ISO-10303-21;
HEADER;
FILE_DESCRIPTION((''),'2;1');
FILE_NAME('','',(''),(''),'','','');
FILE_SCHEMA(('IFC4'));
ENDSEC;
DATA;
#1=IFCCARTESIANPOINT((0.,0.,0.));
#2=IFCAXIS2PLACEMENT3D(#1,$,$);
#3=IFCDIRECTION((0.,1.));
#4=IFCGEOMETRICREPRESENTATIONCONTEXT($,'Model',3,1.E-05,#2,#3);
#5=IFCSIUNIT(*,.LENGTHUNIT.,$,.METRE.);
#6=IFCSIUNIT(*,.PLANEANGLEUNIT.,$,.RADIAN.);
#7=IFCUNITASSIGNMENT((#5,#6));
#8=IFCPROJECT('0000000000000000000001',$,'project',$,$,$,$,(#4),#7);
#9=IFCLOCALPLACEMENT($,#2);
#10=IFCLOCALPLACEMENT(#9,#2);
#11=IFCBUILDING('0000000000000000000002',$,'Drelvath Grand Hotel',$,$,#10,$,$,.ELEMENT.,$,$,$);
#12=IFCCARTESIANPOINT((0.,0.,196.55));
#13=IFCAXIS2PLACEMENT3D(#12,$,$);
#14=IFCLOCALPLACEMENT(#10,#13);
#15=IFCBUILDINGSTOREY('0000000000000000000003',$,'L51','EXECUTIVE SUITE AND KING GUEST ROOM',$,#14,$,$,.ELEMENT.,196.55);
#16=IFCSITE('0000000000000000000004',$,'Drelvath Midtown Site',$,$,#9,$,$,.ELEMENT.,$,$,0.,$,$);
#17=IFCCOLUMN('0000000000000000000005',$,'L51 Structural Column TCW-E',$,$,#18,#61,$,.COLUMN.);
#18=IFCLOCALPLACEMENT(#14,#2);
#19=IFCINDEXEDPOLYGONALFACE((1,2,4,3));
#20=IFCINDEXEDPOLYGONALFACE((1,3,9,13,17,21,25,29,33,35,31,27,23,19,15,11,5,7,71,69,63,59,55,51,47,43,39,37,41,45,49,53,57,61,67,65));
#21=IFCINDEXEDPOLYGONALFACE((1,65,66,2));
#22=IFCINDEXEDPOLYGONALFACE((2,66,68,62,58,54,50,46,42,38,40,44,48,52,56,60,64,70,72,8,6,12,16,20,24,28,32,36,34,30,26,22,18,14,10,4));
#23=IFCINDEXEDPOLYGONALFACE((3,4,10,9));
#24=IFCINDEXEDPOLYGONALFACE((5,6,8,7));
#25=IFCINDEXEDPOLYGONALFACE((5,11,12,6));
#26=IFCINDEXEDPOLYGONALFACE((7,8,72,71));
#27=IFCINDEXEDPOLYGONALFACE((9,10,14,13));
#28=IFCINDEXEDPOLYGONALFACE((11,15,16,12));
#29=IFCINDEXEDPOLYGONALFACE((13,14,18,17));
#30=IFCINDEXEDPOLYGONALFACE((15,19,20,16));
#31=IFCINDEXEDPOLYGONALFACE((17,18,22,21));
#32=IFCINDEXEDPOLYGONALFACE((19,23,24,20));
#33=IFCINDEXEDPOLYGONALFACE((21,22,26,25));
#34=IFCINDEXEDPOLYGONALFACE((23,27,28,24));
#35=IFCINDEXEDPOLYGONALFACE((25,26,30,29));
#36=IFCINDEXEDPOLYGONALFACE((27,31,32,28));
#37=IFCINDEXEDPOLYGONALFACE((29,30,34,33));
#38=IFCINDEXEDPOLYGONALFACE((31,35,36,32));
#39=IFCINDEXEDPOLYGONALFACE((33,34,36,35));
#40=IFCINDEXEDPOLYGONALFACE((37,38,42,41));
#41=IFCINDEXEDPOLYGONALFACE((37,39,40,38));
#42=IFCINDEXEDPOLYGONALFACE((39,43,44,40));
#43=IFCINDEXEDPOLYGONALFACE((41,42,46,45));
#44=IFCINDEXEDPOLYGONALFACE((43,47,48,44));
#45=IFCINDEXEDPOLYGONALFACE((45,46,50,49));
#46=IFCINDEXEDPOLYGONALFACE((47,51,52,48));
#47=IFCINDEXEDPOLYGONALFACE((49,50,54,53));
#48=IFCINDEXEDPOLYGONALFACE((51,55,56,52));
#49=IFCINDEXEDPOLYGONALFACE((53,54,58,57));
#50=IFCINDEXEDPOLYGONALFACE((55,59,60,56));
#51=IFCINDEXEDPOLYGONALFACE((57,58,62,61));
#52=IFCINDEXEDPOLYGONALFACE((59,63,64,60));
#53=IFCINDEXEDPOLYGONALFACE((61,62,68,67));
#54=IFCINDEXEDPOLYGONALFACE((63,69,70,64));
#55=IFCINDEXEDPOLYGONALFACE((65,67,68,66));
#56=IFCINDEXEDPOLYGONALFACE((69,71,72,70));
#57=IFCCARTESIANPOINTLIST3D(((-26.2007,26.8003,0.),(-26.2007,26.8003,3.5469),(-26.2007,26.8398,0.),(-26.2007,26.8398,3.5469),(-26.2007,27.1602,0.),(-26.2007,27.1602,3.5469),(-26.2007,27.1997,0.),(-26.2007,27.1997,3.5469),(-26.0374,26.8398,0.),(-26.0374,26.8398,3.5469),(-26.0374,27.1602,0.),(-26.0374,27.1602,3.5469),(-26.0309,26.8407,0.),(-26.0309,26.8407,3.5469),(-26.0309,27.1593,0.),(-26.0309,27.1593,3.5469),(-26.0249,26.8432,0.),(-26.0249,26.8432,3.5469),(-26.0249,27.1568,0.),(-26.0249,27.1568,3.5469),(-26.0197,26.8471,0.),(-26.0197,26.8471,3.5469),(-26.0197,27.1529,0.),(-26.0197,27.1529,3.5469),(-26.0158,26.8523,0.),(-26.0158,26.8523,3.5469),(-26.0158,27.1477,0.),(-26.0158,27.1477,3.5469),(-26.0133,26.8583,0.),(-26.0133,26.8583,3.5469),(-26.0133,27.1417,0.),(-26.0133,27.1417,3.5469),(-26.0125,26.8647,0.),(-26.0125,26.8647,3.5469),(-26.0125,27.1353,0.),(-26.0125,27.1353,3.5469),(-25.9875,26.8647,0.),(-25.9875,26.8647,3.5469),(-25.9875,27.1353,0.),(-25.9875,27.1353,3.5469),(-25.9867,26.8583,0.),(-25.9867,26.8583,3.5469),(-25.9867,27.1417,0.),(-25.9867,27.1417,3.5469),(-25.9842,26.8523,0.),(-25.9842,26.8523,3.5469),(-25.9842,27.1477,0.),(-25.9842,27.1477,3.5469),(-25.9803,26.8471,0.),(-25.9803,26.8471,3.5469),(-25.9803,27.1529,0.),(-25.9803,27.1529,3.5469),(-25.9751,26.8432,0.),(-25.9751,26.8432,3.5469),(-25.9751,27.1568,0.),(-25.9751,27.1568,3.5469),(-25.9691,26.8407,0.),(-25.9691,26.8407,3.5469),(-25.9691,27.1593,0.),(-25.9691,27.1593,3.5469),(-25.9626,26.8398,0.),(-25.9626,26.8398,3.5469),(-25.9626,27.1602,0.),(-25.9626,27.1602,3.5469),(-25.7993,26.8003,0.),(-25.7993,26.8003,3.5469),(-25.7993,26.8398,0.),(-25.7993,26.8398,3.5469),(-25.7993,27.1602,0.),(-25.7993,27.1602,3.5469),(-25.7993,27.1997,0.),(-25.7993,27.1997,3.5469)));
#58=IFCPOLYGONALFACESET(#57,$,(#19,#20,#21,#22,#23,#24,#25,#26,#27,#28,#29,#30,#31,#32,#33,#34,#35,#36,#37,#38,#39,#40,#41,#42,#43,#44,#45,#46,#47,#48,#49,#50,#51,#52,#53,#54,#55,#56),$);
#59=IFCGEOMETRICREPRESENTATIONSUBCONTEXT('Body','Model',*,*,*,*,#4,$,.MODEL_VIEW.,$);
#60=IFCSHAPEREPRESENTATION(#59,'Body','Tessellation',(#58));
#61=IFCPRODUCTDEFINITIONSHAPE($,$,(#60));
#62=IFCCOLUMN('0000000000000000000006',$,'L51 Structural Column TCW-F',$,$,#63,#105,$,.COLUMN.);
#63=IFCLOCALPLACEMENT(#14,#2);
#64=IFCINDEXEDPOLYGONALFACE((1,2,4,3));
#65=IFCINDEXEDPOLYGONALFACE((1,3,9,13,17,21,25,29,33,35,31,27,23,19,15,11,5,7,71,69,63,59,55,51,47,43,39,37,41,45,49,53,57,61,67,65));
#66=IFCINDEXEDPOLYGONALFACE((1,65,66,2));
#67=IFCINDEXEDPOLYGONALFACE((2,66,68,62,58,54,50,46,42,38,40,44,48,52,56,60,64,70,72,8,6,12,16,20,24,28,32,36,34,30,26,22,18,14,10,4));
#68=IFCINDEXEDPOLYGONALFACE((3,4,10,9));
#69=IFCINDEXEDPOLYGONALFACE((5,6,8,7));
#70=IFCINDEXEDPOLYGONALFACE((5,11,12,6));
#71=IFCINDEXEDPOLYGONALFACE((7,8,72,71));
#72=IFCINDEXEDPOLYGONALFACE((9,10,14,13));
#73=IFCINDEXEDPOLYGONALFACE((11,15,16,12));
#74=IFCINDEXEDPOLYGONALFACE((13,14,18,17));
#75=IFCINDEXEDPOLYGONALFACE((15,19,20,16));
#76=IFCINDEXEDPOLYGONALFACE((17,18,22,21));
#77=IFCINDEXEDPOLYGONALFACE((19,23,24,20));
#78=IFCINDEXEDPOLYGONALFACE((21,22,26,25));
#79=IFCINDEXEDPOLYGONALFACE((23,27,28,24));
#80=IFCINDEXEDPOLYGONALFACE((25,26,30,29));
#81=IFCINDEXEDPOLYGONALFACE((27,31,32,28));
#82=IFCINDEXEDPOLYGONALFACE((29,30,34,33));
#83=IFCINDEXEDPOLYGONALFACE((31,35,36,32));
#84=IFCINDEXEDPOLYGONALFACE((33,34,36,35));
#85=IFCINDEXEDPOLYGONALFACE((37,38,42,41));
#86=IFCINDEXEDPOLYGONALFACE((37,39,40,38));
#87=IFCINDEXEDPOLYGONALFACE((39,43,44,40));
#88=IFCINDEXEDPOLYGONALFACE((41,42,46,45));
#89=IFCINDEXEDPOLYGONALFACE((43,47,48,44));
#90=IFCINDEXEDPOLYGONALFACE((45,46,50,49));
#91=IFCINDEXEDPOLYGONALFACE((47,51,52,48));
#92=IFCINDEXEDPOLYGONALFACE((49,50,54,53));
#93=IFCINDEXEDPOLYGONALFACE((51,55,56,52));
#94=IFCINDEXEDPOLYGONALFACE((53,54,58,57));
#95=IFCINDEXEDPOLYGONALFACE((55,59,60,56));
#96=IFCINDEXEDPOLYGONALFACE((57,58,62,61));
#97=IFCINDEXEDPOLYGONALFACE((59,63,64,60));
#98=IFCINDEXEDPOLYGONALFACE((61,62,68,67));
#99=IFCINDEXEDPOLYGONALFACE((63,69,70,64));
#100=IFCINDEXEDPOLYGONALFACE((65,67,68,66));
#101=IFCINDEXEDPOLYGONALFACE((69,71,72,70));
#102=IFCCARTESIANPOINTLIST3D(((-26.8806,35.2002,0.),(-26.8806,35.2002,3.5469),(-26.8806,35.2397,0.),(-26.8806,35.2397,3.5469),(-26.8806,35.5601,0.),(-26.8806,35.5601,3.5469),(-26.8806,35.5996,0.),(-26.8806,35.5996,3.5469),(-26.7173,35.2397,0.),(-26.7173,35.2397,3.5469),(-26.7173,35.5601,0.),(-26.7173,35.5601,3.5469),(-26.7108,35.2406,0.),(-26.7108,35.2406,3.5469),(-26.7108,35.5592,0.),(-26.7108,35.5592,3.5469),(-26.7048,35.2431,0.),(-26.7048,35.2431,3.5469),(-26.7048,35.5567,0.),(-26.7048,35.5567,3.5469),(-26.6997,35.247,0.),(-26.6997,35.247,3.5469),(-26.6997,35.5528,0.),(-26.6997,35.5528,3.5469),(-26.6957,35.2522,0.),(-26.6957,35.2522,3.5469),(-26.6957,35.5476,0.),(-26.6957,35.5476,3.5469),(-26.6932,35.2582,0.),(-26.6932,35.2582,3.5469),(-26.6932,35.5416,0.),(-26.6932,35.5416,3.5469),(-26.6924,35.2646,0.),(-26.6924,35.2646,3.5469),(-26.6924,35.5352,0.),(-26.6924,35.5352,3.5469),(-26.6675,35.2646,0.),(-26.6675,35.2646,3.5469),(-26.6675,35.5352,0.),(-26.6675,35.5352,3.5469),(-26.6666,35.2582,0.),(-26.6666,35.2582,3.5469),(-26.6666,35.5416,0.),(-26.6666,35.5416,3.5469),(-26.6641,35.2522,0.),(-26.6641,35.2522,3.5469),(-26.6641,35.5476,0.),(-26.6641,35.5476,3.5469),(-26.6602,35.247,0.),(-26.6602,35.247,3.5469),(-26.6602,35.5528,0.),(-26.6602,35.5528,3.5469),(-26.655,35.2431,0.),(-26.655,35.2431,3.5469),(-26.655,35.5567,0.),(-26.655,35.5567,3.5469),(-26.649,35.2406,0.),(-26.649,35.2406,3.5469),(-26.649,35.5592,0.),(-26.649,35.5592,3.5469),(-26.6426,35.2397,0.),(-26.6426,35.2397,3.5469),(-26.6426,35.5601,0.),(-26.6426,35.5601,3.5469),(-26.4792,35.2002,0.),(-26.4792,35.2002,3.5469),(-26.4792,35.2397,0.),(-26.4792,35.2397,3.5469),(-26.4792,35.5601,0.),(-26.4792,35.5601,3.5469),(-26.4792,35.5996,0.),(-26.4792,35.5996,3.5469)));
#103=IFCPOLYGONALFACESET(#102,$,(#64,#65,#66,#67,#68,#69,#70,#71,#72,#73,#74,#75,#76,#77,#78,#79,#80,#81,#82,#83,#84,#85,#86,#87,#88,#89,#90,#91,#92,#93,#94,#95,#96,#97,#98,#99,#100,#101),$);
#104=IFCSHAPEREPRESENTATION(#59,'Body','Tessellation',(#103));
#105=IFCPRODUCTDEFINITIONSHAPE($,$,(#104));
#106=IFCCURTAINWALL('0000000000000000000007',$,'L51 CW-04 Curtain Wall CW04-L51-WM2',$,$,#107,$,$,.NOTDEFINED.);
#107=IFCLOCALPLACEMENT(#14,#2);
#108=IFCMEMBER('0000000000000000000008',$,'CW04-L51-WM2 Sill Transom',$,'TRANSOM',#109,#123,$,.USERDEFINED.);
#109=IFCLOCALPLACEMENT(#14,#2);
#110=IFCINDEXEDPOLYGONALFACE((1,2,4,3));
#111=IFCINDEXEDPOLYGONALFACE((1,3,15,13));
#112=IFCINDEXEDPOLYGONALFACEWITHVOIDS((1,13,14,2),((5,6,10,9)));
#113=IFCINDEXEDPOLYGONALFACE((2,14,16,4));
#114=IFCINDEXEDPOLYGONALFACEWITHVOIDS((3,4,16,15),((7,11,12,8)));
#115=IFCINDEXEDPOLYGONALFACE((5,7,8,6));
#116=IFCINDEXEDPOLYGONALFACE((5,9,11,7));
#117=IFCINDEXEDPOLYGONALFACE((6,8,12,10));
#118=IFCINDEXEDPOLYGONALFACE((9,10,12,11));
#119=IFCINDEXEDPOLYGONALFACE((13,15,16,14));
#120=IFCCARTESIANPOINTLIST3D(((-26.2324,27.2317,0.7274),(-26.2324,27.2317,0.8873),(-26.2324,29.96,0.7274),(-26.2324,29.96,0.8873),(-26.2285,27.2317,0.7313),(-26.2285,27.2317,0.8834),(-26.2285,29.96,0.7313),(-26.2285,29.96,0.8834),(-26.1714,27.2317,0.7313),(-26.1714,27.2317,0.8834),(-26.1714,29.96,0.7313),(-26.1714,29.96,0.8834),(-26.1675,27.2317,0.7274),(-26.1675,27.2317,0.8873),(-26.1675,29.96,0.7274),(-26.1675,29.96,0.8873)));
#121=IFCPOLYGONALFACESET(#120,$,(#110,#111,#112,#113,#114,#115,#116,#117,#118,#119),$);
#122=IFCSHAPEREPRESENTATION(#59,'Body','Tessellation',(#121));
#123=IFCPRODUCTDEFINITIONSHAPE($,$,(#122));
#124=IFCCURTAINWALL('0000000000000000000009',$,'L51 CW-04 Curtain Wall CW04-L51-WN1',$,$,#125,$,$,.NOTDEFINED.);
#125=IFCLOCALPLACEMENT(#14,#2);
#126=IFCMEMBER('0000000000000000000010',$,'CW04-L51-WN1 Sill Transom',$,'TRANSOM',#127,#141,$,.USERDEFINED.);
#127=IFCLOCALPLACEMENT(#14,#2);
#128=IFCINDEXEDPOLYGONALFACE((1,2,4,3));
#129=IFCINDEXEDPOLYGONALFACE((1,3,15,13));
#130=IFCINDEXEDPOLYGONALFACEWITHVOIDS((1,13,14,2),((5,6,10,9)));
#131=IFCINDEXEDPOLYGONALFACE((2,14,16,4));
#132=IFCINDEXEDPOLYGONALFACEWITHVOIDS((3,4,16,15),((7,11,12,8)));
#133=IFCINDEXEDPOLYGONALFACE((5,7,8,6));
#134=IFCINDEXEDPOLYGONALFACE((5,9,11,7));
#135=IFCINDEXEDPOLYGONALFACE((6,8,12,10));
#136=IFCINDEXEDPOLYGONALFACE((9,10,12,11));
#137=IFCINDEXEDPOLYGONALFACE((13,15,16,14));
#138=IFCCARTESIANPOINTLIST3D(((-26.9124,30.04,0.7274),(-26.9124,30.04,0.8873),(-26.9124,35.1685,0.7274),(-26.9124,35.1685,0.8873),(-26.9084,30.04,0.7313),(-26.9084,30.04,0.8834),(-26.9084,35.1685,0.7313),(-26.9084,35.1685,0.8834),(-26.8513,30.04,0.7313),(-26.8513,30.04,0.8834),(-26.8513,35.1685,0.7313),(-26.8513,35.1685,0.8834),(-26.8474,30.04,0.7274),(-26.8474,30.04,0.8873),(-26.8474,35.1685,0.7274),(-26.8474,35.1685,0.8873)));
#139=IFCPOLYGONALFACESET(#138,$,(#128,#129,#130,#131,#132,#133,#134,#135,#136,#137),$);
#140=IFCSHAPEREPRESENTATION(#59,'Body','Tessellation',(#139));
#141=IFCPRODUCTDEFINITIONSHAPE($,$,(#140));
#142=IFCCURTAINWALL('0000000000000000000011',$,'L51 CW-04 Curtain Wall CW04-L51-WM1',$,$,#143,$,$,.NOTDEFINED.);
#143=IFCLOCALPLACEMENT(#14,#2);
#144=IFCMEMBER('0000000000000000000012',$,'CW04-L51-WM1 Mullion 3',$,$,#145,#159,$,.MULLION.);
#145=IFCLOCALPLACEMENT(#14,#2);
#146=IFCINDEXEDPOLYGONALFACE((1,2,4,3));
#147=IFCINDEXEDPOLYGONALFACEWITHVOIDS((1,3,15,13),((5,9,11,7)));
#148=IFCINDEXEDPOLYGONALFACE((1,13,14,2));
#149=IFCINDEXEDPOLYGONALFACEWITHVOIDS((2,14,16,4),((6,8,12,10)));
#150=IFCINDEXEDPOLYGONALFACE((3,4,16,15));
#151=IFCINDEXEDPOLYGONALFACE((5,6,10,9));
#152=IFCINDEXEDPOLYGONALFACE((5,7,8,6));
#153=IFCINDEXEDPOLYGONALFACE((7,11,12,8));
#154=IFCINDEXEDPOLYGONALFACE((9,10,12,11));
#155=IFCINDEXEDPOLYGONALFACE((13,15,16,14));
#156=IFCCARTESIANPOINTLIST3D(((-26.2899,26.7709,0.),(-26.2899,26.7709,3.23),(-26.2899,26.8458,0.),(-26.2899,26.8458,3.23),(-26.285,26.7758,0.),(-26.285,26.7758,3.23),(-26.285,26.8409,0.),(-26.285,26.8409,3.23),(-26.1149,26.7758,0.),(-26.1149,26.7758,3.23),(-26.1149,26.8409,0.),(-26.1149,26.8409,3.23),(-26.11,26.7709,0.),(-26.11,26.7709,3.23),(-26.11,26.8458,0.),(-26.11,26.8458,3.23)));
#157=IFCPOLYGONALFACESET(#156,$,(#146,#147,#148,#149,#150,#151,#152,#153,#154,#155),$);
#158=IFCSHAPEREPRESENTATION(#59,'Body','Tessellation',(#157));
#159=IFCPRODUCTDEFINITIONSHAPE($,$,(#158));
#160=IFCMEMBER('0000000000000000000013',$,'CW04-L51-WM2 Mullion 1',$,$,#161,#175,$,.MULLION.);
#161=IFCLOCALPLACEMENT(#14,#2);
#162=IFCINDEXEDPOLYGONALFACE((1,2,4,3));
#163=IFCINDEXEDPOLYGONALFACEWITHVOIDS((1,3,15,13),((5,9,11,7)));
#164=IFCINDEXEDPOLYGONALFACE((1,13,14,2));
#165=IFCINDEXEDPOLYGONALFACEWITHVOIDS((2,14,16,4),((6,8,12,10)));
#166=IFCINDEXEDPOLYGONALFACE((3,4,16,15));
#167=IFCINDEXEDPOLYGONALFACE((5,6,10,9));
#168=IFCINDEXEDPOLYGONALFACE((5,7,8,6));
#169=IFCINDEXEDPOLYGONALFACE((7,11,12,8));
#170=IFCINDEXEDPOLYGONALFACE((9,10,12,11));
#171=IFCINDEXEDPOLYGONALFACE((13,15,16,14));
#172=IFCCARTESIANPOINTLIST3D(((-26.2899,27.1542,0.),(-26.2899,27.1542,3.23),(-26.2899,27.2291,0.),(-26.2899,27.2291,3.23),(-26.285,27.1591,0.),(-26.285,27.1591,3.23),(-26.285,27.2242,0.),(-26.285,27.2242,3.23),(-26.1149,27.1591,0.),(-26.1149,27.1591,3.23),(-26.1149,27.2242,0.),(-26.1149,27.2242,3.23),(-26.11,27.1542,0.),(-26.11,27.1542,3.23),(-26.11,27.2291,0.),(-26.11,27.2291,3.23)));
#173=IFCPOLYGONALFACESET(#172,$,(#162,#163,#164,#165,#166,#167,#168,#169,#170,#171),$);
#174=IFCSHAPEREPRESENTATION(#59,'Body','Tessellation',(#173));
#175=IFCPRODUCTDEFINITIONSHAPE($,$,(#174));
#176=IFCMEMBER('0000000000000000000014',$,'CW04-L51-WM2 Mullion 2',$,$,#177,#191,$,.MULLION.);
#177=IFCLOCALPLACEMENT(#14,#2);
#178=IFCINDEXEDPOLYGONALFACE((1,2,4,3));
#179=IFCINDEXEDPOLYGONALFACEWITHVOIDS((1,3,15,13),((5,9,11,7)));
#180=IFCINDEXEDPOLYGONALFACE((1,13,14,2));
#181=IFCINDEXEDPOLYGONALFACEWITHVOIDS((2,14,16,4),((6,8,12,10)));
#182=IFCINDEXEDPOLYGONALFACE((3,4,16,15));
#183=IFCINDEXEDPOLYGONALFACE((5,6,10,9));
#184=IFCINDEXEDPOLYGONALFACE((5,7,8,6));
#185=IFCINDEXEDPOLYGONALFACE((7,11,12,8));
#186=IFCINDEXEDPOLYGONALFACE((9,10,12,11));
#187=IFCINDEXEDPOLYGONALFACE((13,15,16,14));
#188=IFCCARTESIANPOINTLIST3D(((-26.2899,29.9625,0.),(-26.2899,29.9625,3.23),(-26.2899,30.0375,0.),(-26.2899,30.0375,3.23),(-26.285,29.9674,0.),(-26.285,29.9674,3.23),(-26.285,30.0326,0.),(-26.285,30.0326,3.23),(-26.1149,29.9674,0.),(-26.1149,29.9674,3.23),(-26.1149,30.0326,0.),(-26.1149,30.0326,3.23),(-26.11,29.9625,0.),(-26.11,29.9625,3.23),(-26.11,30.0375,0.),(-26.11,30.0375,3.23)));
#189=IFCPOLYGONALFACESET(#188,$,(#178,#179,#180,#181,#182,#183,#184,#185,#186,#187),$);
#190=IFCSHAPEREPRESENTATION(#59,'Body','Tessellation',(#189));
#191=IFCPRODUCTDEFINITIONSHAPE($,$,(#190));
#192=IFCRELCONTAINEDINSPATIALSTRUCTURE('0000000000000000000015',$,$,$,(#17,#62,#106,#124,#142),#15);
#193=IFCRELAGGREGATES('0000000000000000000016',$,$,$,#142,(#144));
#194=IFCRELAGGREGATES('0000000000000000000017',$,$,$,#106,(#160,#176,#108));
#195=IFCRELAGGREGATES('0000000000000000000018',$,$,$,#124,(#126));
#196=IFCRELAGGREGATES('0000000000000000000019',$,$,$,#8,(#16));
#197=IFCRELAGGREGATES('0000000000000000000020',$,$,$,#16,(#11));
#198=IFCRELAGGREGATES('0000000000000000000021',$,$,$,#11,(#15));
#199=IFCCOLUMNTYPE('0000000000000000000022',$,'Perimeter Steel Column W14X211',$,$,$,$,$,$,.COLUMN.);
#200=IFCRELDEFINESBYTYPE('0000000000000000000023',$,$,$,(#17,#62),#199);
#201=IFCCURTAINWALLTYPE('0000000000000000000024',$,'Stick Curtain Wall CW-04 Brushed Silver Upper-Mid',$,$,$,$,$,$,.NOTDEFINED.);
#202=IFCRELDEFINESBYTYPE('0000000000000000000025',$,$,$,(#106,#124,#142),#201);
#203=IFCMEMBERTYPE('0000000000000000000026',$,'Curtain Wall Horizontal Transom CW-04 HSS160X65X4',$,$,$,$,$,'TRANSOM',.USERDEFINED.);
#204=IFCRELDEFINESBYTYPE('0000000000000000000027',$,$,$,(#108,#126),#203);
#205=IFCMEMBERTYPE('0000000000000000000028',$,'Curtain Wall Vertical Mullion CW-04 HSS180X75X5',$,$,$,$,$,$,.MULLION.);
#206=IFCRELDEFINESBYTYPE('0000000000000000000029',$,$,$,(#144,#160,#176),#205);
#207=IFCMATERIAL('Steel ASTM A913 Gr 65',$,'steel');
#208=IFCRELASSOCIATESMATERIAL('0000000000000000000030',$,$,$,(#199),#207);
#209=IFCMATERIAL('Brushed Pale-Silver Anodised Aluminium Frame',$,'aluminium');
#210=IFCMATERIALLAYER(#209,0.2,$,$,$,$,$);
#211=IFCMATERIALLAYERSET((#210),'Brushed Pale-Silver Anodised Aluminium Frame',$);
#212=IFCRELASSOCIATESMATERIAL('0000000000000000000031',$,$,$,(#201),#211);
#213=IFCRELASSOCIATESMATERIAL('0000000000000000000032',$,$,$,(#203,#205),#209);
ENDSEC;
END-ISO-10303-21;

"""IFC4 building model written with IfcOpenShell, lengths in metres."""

from ifc_helpers import new_model, si_unit, direction, frame, origin, origin_2d, place, context, subcontext, project, spatial, hollow_rectangle, i_section, extrude, material, layer, layer_set, material_profile, profile_set, type_object, element, aggregate, save


model = new_model("IFC4")

# Units and contexts
model_context = context("Model", 3, precision=1e-05, world=origin(), true_north=direction((0.0, 1.0)))
body_context = subcontext(model_context, "Body", "Model", "MODEL_VIEW")
ifc_project = project(units=[si_unit("LENGTHUNIT", "METRE"), si_unit("PLANEANGLEUNIT", "RADIAN")], contexts=[model_context])

# Site, building, storey
site_placement = place(None, origin())
site = spatial("IfcSite", under=ifc_project, at=site_placement, Name="Drelvath Midtown Site", CompositionType="ELEMENT", RefElevation=0.0)
building_placement = place(site_placement, origin())
building = spatial("IfcBuilding", under=site, at=building_placement, Name="Drelvath Grand Hotel", CompositionType="ELEMENT")
storey_placement = place(building_placement, frame((0.0, 0.0, 196.55)))
storey = spatial("IfcBuildingStorey", under=building, at=storey_placement, Name="L51", Description="EXECUTIVE SUITE AND KING GUEST ROOM", CompositionType="ELEMENT", Elevation=196.55)

# Columns
ifc_material_1 = material(Name="Steel ASTM A913 Gr 65", Category="steel")
ifc_material_profile_1 = material_profile(ifc_material_1, i_section(OverallWidth=0.4014, OverallDepth=0.3994, WebThickness=0.0249, FlangeThickness=0.0396, FilletRadius=0.0249, at=origin_2d()), Name="W14X211")
ifc_profile_set_1 = profile_set([ifc_material_profile_1], Name="Steel ASTM A913 Gr 65")
column_type = type_object("IfcColumnType", Name="Perimeter Steel Column W14X211", PredefinedType="COLUMN", material=ifc_profile_set_1)
for number, where, z_axis, x_axis, name in (
    (1, (-26.0, 27.0, 0.0), (0.0, 0.0, 1.0), (1.0, 0.0, 0.0), "L51 Structural Column TCW-E"),
    (2, (-26.6799, 35.3999, 0.0), (0.0, 0.0, 1.0), (1.0, 0.0, 0.0), "L51 Structural Column TCW-F"),
):
    element("IfcColumn", number, at=place(storey_placement, frame(where, z_axis=z_axis, x_axis=x_axis)), inside=storey, type_object=column_type, Name=name, PredefinedType="COLUMN", context=body_context, shape_type="SweptSolid", body=[
        extrude(i_section(OverallWidth=0.4014, OverallDepth=0.3994, WebThickness=0.0249, FlangeThickness=0.0396, FilletRadius=0.0249, at=origin_2d()), origin(), (0.0, 0.0, 1.0), 3.5469),
    ])

# Curtain walls, members
ifc_material_2 = material(Name="Brushed Pale-Silver Anodised Aluminium Frame", Category="aluminium")
ifc_layer_1 = layer(ifc_material_2, 0.2)
ifc_layer_set_1 = layer_set([ifc_layer_1], Name="Brushed Pale-Silver Anodised Aluminium Frame")
curtain_wall_type = type_object("IfcCurtainWallType", Name="Stick Curtain Wall CW-04 Brushed Silver Upper-Mid", PredefinedType="NOTDEFINED", material=ifc_layer_set_1)
curtain_wall_1_placement = place(storey_placement, origin())
curtain_wall_1 = element("IfcCurtainWall", 3, at=curtain_wall_1_placement, inside=storey, type_object=curtain_wall_type, Name="L51 CW-04 Curtain Wall CW04-L51-WM2", PredefinedType="NOTDEFINED")
ifc_material_profile_2 = material_profile(ifc_material_2, hollow_rectangle(XDim=0.0649, YDim=0.1599, WallThickness=0.0039, at=origin_2d()), Name="HSS160X65X4")
ifc_profile_set_2 = profile_set([ifc_material_profile_2], Name="Brushed Pale-Silver Anodised Aluminium Frame")
member_type_1 = type_object("IfcMemberType", Name="Curtain Wall Horizontal Transom CW-04 HSS160X65X4", ElementType="TRANSOM", PredefinedType="USERDEFINED", material=ifc_profile_set_2)
member_1_placement = place(storey_placement, frame((-26.2, 27.2317, 0.8074), z_axis=(0.0, 1.0, 0.0), x_axis=(-1.0, 0.0, 0.0)))
member_1 = element("IfcMember", 4, at=member_1_placement, type_object=member_type_1, Name="CW04-L51-WM2 Sill Transom", ObjectType="TRANSOM", PredefinedType="USERDEFINED", context=body_context, shape_type="SweptSolid", body=[
    extrude(hollow_rectangle(XDim=0.0649, YDim=0.1599, WallThickness=0.0039, at=origin_2d()), origin(), (0.0, 0.0, 1.0), 2.7283),
])
curtain_wall_2_placement = place(storey_placement, origin())
curtain_wall_2 = element("IfcCurtainWall", 5, at=curtain_wall_2_placement, inside=storey, type_object=curtain_wall_type, Name="L51 CW-04 Curtain Wall CW04-L51-WN1", PredefinedType="NOTDEFINED")
member_2_placement = place(storey_placement, frame((-26.8799, 30.04, 0.8074), z_axis=(0.0, 1.0, 0.0), x_axis=(-1.0, 0.0, 0.0)))
member_2 = element("IfcMember", 6, at=member_2_placement, type_object=member_type_1, Name="CW04-L51-WN1 Sill Transom", ObjectType="TRANSOM", PredefinedType="USERDEFINED", context=body_context, shape_type="SweptSolid", body=[
    extrude(hollow_rectangle(XDim=0.0649, YDim=0.1599, WallThickness=0.0039, at=origin_2d()), origin(), (0.0, 0.0, 1.0), 5.1284),
])
curtain_wall_3_placement = place(storey_placement, origin())
curtain_wall_3 = element("IfcCurtainWall", 7, at=curtain_wall_3_placement, inside=storey, type_object=curtain_wall_type, Name="L51 CW-04 Curtain Wall CW04-L51-WM1", PredefinedType="NOTDEFINED")
ifc_material_profile_3 = material_profile(ifc_material_2, hollow_rectangle(XDim=0.075, YDim=0.1799, WallThickness=0.0049, at=origin_2d()), Name="HSS180X75X5")
ifc_profile_set_3 = profile_set([ifc_material_profile_3], Name="Brushed Pale-Silver Anodised Aluminium Frame")
member_type_2 = type_object("IfcMemberType", Name="Curtain Wall Vertical Mullion CW-04 HSS180X75X5", PredefinedType="MULLION", material=ifc_profile_set_3)
member_3_placement = place(storey_placement, frame((-26.2, 26.8083, 0.0), z_axis=(0.0, 0.0, 1.0), x_axis=(0.0, 1.0, 0.0)))
member_3 = element("IfcMember", 8, at=member_3_placement, type_object=member_type_2, Name="CW04-L51-WM1 Mullion 3", PredefinedType="MULLION", context=body_context, shape_type="SweptSolid", body=[
    extrude(hollow_rectangle(XDim=0.075, YDim=0.1799, WallThickness=0.0049, at=origin_2d()), origin(), (0.0, 0.0, 1.0), 3.23),
])
aggregate(curtain_wall_3, [member_3])

# Members
member_4_placement = place(storey_placement, frame((-26.2, 27.1917, 0.0), z_axis=(0.0, 0.0, 1.0), x_axis=(0.0, 1.0, 0.0)))
member_4 = element("IfcMember", 9, at=member_4_placement, type_object=member_type_2, Name="CW04-L51-WM2 Mullion 1", PredefinedType="MULLION", context=body_context, shape_type="SweptSolid", body=[
    extrude(hollow_rectangle(XDim=0.075, YDim=0.1799, WallThickness=0.0049, at=origin_2d()), origin(), (0.0, 0.0, 1.0), 3.23),
])
member_5_placement = place(storey_placement, frame((-26.2, 30.0, 0.0), z_axis=(0.0, 0.0, 1.0), x_axis=(0.0, 1.0, 0.0)))
member_5 = element("IfcMember", 10, at=member_5_placement, type_object=member_type_2, Name="CW04-L51-WM2 Mullion 2", PredefinedType="MULLION", context=body_context, shape_type="SweptSolid", body=[
    extrude(hollow_rectangle(XDim=0.075, YDim=0.1799, WallThickness=0.0049, at=origin_2d()), origin(), (0.0, 0.0, 1.0), 3.23),
])

aggregate(curtain_wall_1, [member_4, member_5, member_1])
aggregate(curtain_wall_2, [member_2])

save(model, "model.ifc")
